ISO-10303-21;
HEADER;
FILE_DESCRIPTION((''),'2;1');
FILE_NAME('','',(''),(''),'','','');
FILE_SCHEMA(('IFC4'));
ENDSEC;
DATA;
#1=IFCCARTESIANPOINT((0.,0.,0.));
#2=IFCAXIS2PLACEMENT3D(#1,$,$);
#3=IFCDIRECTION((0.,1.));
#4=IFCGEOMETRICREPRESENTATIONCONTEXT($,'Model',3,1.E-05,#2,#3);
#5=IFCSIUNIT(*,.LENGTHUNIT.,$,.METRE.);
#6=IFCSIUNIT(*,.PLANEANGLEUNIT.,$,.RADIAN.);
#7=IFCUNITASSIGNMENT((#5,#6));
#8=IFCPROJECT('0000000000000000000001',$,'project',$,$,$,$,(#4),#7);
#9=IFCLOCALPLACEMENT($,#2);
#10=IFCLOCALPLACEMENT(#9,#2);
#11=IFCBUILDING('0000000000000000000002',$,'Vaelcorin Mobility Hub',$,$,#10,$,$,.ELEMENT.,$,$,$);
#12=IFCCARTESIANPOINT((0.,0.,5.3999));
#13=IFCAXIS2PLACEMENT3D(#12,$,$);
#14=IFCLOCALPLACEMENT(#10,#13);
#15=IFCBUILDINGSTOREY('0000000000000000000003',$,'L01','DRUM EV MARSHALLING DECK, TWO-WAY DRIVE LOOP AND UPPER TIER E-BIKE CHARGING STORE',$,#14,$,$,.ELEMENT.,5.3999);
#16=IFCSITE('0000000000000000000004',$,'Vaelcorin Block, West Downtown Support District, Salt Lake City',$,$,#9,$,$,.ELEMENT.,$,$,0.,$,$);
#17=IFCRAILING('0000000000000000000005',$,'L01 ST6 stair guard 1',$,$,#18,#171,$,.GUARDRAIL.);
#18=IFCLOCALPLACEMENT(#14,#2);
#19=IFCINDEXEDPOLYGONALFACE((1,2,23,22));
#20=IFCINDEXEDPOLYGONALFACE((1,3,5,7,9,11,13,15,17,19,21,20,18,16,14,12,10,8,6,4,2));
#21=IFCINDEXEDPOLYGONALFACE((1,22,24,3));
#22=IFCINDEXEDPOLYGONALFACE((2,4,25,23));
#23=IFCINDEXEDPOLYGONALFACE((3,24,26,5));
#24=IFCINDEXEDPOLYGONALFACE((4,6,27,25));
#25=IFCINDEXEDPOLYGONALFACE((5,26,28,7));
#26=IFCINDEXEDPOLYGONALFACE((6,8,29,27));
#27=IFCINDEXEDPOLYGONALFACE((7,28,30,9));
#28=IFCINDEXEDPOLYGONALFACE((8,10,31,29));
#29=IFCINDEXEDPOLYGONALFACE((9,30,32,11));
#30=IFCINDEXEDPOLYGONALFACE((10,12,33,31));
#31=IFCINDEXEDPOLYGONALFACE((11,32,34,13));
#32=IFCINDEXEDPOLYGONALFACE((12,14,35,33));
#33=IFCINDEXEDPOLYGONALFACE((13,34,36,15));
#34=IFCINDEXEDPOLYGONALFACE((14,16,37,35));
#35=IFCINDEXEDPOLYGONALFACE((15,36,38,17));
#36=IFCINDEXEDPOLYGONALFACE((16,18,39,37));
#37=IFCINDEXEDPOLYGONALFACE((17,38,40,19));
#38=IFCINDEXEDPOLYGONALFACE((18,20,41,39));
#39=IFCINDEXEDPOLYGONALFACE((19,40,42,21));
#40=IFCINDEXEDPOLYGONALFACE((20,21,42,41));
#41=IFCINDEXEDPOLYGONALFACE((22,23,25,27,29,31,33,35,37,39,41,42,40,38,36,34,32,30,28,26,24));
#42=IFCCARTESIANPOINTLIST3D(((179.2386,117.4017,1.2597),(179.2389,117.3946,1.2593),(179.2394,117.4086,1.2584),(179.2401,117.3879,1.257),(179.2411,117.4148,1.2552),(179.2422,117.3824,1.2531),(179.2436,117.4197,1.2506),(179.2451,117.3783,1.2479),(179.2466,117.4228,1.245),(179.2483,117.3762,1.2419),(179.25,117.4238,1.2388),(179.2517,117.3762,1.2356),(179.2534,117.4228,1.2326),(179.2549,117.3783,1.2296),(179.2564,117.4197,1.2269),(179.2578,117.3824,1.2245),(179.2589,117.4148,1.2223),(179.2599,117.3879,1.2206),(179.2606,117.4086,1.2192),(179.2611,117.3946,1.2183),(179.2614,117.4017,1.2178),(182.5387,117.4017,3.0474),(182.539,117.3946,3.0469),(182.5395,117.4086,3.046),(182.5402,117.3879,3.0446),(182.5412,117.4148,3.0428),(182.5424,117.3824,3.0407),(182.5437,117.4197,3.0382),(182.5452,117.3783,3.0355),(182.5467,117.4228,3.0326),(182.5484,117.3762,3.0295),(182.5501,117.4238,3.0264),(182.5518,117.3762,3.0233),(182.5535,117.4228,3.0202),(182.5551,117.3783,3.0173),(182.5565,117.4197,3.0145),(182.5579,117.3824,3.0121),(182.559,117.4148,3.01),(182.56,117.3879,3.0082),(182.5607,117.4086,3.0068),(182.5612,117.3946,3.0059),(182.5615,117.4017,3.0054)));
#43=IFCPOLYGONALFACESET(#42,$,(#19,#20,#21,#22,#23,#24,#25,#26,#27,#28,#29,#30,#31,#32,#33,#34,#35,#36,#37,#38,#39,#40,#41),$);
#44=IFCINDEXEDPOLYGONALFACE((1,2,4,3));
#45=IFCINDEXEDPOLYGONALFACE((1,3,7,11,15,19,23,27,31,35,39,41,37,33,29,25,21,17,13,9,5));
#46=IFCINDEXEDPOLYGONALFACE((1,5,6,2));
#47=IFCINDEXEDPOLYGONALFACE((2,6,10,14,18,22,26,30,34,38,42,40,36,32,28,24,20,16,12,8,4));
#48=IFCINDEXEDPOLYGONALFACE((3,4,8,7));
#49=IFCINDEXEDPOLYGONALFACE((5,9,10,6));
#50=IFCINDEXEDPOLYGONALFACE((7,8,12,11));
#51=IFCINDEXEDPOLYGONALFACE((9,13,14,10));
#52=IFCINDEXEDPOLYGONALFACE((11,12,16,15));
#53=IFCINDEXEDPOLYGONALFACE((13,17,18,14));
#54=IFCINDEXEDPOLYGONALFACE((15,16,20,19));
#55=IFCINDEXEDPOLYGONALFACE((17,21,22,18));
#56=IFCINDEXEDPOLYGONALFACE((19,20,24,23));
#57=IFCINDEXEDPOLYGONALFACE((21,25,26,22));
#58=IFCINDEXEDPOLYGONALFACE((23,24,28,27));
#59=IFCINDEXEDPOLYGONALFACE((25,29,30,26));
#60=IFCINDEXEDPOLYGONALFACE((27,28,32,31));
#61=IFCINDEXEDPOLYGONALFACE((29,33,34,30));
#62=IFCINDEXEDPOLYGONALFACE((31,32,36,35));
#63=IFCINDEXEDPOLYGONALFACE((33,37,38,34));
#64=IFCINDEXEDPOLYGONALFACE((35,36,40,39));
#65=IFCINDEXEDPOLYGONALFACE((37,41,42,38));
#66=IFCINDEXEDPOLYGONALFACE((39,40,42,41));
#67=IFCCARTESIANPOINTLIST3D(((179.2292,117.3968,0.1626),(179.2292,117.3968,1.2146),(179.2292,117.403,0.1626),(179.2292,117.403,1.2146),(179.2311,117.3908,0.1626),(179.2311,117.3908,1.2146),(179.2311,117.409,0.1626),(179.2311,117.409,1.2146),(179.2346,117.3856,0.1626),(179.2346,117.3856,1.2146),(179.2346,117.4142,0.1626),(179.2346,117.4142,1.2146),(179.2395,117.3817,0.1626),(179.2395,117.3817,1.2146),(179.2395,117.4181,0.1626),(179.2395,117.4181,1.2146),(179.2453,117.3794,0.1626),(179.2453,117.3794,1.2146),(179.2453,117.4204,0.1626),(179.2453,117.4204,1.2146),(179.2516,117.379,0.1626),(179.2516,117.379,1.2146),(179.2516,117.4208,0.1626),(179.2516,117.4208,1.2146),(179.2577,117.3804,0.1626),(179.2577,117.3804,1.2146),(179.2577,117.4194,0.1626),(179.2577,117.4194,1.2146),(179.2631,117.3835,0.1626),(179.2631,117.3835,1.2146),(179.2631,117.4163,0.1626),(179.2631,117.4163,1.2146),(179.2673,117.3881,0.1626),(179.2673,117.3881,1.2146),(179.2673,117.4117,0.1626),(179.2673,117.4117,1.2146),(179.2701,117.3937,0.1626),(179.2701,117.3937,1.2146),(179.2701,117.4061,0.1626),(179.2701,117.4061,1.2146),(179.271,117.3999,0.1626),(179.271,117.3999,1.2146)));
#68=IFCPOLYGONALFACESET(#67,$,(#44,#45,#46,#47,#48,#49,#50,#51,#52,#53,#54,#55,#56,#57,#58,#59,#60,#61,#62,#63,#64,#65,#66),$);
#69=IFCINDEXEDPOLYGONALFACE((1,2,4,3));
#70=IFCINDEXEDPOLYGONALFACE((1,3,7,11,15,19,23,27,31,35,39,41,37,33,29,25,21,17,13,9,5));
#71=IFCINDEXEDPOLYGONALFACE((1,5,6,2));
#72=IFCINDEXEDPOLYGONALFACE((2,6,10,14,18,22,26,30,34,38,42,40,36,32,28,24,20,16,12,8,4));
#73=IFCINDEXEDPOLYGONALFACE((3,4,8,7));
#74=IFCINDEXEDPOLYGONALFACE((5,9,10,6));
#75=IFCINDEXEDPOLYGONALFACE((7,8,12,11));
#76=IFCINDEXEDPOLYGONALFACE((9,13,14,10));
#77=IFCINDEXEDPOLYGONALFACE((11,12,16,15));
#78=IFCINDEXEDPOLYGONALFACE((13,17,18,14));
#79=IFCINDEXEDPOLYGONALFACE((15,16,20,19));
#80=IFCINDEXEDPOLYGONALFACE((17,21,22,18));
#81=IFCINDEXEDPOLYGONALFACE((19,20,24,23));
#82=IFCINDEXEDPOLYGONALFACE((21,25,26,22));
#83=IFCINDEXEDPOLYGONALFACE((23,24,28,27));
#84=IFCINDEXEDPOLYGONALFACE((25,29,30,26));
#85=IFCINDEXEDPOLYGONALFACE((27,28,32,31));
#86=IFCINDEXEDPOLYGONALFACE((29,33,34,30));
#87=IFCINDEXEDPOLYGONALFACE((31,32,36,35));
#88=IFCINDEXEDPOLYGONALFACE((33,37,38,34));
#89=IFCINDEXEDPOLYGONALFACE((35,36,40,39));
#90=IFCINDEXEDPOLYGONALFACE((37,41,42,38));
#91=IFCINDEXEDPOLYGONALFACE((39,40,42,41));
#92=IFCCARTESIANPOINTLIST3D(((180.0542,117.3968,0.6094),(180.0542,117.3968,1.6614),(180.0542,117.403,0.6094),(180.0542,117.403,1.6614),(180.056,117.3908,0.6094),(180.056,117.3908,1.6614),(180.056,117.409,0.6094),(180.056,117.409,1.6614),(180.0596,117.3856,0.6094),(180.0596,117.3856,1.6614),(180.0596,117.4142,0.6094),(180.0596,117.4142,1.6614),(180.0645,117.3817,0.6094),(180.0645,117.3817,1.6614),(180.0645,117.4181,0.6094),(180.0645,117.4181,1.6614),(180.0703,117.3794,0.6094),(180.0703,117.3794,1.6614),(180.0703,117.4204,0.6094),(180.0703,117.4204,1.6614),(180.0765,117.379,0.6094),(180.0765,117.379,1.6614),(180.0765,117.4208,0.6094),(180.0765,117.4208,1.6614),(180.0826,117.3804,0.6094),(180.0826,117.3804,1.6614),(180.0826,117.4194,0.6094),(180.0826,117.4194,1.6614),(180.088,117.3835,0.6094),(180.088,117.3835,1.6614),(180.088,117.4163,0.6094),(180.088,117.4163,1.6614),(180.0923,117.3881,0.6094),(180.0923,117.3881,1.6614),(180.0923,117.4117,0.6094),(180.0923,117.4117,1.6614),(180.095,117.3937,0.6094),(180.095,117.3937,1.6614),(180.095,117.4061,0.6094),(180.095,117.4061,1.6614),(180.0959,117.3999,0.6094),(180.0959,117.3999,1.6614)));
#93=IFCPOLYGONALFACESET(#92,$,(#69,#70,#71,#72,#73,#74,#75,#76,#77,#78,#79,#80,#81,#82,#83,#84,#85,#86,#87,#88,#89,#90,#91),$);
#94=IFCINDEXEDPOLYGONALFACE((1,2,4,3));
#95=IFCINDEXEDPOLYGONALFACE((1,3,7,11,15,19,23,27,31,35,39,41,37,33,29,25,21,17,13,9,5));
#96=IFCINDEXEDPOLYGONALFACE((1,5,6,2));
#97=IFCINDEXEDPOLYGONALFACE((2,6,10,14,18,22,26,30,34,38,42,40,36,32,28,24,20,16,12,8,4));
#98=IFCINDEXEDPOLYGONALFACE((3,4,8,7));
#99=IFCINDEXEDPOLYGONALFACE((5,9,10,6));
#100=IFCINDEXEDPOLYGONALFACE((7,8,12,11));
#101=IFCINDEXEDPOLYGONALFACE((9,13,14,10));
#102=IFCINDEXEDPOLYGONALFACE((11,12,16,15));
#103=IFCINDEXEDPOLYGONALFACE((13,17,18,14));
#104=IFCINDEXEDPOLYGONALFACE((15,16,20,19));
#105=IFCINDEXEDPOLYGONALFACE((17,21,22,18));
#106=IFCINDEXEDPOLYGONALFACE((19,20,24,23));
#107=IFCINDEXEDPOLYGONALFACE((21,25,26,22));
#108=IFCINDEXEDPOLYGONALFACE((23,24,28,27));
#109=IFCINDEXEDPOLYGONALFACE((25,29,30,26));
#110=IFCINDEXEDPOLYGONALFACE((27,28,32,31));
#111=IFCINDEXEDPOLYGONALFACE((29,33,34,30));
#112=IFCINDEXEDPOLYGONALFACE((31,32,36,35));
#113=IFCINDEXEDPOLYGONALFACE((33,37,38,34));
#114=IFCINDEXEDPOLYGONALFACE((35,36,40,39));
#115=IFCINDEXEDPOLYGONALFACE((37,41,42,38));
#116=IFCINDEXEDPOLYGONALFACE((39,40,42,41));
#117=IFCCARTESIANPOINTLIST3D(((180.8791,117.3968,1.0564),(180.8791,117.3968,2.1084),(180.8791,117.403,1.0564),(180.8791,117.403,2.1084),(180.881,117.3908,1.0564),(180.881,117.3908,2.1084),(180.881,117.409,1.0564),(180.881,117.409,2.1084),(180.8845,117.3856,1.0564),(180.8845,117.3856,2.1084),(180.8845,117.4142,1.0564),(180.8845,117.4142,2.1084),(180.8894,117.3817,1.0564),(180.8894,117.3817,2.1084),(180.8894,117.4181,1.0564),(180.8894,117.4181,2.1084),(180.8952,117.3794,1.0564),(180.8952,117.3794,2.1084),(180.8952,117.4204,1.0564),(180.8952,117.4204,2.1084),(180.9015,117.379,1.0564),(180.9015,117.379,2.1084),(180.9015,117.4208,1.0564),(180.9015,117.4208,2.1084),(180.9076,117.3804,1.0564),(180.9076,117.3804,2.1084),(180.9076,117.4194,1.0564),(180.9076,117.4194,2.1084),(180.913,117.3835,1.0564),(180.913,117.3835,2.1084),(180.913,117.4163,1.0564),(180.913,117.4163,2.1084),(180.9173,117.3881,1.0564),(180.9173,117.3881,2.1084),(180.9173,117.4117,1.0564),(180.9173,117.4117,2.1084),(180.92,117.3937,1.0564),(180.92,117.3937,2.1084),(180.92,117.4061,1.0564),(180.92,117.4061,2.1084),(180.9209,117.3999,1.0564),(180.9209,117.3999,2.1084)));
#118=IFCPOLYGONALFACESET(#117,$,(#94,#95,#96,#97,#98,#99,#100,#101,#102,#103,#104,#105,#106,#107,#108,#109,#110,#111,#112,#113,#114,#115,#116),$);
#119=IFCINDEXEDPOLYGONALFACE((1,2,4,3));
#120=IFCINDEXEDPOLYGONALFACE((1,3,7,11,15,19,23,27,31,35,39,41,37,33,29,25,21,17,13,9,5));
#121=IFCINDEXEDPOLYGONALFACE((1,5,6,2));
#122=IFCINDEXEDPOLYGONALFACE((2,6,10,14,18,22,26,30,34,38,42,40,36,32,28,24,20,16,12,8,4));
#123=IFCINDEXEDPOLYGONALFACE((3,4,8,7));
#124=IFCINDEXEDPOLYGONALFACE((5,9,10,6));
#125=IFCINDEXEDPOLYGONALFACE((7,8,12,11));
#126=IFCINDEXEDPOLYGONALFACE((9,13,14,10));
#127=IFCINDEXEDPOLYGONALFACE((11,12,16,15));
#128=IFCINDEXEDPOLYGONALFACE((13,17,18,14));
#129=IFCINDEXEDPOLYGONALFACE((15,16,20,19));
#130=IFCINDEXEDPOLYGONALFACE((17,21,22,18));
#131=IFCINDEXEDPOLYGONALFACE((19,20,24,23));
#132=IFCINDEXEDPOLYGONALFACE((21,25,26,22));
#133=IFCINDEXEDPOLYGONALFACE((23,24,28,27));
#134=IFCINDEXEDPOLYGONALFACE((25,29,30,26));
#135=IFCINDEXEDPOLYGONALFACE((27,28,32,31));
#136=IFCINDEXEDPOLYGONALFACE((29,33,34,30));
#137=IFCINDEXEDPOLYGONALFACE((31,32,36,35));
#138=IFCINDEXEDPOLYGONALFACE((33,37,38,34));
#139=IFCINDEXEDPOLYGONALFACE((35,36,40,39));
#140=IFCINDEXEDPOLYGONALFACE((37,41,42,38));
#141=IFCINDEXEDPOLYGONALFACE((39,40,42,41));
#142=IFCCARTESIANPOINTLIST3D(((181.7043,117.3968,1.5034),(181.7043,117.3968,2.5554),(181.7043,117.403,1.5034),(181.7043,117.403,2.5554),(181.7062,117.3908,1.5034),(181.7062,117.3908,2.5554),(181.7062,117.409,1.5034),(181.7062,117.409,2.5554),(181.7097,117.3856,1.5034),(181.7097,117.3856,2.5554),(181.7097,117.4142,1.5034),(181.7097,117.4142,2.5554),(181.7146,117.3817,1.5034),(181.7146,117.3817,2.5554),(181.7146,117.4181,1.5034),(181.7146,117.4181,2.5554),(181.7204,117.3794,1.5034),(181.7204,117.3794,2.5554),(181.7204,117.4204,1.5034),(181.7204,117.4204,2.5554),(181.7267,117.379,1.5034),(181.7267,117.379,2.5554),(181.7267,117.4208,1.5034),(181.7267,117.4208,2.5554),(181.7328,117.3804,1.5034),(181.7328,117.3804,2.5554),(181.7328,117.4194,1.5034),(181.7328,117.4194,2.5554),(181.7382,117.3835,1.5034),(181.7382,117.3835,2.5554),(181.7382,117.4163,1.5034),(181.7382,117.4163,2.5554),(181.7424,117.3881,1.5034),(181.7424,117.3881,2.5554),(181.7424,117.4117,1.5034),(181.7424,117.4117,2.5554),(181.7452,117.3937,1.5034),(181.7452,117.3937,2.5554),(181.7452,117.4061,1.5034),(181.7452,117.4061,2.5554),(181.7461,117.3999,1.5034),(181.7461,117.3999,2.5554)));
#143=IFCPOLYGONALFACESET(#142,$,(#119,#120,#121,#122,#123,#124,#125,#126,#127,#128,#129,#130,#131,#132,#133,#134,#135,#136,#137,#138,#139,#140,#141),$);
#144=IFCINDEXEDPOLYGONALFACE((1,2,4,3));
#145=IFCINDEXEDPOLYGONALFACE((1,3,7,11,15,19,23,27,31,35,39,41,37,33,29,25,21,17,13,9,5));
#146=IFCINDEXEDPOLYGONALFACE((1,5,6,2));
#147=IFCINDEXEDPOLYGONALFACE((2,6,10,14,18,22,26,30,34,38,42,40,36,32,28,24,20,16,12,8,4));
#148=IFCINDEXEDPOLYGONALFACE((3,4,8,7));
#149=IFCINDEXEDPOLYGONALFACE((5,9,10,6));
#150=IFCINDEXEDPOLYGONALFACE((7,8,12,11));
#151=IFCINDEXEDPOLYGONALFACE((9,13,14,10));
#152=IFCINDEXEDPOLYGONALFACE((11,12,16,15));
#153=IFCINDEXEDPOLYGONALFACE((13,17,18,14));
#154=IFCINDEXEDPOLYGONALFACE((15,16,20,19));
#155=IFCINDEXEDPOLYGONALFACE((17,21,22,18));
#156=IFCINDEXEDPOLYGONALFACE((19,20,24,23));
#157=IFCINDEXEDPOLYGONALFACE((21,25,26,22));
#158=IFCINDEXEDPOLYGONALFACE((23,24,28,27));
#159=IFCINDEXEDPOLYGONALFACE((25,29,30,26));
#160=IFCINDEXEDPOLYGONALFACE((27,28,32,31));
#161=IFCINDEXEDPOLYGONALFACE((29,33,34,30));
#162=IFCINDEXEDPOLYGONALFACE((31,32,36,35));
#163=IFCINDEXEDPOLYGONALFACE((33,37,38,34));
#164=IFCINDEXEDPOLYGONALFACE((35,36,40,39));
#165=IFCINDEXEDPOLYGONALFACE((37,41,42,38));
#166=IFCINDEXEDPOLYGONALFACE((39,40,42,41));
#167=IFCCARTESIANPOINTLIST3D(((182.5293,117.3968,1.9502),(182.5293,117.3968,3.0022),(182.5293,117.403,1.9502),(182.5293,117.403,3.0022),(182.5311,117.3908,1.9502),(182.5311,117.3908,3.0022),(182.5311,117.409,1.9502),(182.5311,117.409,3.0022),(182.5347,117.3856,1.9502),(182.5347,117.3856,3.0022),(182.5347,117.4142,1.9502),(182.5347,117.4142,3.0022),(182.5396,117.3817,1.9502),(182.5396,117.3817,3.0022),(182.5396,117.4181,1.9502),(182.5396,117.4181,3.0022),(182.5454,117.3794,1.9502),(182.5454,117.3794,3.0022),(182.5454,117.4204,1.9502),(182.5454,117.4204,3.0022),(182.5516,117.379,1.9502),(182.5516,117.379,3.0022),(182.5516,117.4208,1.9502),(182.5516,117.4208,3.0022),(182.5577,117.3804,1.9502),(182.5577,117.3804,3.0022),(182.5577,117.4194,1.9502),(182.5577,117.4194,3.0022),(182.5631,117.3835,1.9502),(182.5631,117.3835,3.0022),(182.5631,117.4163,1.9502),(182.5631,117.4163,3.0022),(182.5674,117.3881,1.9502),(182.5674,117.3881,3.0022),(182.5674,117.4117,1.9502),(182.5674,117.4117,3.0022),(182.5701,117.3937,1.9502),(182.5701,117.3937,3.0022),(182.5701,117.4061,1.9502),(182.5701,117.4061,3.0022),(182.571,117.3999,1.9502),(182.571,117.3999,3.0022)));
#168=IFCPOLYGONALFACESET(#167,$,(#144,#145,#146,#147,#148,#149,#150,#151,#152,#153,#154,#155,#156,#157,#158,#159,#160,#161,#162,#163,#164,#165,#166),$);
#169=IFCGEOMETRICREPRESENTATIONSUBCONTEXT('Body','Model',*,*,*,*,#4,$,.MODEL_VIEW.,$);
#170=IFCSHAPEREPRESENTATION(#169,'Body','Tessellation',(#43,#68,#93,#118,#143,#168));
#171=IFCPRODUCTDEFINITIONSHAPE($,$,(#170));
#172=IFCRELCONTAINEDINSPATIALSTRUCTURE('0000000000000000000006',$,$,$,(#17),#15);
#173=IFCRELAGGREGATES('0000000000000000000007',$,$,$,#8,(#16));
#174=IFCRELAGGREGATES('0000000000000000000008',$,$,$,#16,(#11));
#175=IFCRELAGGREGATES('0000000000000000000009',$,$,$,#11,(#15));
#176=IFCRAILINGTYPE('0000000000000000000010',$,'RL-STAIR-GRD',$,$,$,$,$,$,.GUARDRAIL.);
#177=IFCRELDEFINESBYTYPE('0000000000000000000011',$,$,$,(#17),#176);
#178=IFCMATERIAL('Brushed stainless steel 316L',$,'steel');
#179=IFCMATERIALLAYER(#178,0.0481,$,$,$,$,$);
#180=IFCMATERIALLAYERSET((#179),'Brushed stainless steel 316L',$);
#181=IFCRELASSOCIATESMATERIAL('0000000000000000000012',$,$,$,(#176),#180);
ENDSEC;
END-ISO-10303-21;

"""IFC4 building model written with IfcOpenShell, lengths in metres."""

from ifc_helpers import new_model, si_unit, direction, frame, origin, origin_2d, place, context, subcontext, project, spatial, circle, extrude, material, layer, layer_set, type_object, element, save


model = new_model("IFC4")

# Units and contexts
model_context = context("Model", 3, precision=1e-05, world=origin(), true_north=direction((0.0, 1.0)))
body_context = subcontext(model_context, "Body", "Model", "MODEL_VIEW")
ifc_project = project(units=[si_unit("LENGTHUNIT", "METRE"), si_unit("PLANEANGLEUNIT", "RADIAN")], contexts=[model_context])

# Site, building, storey
site_placement = place(None, origin())
site = spatial("IfcSite", under=ifc_project, at=site_placement, Name="Vaelcorin Block, West Downtown Support District, Salt Lake City", CompositionType="ELEMENT", RefElevation=0.0)
building_placement = place(site_placement, origin())
building = spatial("IfcBuilding", under=site, at=building_placement, Name="Vaelcorin Mobility Hub", CompositionType="ELEMENT")
storey_placement = place(building_placement, frame((0.0, 0.0, 5.3999)))
storey = spatial("IfcBuildingStorey", under=building, at=storey_placement, Name="L01", Description="DRUM EV MARSHALLING DECK, TWO-WAY DRIVE LOOP AND UPPER TIER E-BIKE CHARGING STORE", CompositionType="ELEMENT", Elevation=5.3999)

# Railing
ifc_material_1 = material(Name="Brushed stainless steel 316L", Category="steel")
ifc_layer_1 = layer(ifc_material_1, 0.0481)
ifc_layer_set_1 = layer_set([ifc_layer_1], Name="Brushed stainless steel 316L")
railing_type_1 = type_object("IfcRailingType", Name="RL-STAIR-GRD", PredefinedType="GUARDRAIL", material=ifc_layer_set_1)
railing_1_placement = place(storey_placement, frame((179.25, 117.3999, 0.1626)))
element("IfcRailing", 1, at=railing_1_placement, inside=storey, type_object=railing_type_1, Name="L01 ST6 stair guard 1", PredefinedType="GUARDRAIL", context=body_context, shape_type="SweptSolid", body=[
    extrude(circle(Radius=0.0239, at=origin_2d()), frame((0.0, 0.0, 1.0762), z_axis=(0.879284, 0.0, 0.476298), x_axis=(0.0, 1.0, 0.0)), (0.0, 0.0, 1.0), 3.7532),
    extrude(circle(Radius=0.021, at=origin_2d()), origin(), (0.0, 0.0, 1.0), 1.052),
    extrude(circle(Radius=0.021, at=origin_2d()), frame((0.825, 0.0, 0.4468)), (0.0, 0.0, 1.0), 1.052),
    extrude(circle(Radius=0.021, at=origin_2d()), frame((1.6499, 0.0, 0.8938)), (0.0, 0.0, 1.0), 1.052),
    extrude(circle(Radius=0.021, at=origin_2d()), frame((2.4751, 0.0, 1.3408)), (0.0, 0.0, 1.0), 1.052),
    extrude(circle(Radius=0.021, at=origin_2d()), frame((3.3, 0.0, 1.7876)), (0.0, 0.0, 1.0), 1.052),
])

save(model, "model.ifc")
